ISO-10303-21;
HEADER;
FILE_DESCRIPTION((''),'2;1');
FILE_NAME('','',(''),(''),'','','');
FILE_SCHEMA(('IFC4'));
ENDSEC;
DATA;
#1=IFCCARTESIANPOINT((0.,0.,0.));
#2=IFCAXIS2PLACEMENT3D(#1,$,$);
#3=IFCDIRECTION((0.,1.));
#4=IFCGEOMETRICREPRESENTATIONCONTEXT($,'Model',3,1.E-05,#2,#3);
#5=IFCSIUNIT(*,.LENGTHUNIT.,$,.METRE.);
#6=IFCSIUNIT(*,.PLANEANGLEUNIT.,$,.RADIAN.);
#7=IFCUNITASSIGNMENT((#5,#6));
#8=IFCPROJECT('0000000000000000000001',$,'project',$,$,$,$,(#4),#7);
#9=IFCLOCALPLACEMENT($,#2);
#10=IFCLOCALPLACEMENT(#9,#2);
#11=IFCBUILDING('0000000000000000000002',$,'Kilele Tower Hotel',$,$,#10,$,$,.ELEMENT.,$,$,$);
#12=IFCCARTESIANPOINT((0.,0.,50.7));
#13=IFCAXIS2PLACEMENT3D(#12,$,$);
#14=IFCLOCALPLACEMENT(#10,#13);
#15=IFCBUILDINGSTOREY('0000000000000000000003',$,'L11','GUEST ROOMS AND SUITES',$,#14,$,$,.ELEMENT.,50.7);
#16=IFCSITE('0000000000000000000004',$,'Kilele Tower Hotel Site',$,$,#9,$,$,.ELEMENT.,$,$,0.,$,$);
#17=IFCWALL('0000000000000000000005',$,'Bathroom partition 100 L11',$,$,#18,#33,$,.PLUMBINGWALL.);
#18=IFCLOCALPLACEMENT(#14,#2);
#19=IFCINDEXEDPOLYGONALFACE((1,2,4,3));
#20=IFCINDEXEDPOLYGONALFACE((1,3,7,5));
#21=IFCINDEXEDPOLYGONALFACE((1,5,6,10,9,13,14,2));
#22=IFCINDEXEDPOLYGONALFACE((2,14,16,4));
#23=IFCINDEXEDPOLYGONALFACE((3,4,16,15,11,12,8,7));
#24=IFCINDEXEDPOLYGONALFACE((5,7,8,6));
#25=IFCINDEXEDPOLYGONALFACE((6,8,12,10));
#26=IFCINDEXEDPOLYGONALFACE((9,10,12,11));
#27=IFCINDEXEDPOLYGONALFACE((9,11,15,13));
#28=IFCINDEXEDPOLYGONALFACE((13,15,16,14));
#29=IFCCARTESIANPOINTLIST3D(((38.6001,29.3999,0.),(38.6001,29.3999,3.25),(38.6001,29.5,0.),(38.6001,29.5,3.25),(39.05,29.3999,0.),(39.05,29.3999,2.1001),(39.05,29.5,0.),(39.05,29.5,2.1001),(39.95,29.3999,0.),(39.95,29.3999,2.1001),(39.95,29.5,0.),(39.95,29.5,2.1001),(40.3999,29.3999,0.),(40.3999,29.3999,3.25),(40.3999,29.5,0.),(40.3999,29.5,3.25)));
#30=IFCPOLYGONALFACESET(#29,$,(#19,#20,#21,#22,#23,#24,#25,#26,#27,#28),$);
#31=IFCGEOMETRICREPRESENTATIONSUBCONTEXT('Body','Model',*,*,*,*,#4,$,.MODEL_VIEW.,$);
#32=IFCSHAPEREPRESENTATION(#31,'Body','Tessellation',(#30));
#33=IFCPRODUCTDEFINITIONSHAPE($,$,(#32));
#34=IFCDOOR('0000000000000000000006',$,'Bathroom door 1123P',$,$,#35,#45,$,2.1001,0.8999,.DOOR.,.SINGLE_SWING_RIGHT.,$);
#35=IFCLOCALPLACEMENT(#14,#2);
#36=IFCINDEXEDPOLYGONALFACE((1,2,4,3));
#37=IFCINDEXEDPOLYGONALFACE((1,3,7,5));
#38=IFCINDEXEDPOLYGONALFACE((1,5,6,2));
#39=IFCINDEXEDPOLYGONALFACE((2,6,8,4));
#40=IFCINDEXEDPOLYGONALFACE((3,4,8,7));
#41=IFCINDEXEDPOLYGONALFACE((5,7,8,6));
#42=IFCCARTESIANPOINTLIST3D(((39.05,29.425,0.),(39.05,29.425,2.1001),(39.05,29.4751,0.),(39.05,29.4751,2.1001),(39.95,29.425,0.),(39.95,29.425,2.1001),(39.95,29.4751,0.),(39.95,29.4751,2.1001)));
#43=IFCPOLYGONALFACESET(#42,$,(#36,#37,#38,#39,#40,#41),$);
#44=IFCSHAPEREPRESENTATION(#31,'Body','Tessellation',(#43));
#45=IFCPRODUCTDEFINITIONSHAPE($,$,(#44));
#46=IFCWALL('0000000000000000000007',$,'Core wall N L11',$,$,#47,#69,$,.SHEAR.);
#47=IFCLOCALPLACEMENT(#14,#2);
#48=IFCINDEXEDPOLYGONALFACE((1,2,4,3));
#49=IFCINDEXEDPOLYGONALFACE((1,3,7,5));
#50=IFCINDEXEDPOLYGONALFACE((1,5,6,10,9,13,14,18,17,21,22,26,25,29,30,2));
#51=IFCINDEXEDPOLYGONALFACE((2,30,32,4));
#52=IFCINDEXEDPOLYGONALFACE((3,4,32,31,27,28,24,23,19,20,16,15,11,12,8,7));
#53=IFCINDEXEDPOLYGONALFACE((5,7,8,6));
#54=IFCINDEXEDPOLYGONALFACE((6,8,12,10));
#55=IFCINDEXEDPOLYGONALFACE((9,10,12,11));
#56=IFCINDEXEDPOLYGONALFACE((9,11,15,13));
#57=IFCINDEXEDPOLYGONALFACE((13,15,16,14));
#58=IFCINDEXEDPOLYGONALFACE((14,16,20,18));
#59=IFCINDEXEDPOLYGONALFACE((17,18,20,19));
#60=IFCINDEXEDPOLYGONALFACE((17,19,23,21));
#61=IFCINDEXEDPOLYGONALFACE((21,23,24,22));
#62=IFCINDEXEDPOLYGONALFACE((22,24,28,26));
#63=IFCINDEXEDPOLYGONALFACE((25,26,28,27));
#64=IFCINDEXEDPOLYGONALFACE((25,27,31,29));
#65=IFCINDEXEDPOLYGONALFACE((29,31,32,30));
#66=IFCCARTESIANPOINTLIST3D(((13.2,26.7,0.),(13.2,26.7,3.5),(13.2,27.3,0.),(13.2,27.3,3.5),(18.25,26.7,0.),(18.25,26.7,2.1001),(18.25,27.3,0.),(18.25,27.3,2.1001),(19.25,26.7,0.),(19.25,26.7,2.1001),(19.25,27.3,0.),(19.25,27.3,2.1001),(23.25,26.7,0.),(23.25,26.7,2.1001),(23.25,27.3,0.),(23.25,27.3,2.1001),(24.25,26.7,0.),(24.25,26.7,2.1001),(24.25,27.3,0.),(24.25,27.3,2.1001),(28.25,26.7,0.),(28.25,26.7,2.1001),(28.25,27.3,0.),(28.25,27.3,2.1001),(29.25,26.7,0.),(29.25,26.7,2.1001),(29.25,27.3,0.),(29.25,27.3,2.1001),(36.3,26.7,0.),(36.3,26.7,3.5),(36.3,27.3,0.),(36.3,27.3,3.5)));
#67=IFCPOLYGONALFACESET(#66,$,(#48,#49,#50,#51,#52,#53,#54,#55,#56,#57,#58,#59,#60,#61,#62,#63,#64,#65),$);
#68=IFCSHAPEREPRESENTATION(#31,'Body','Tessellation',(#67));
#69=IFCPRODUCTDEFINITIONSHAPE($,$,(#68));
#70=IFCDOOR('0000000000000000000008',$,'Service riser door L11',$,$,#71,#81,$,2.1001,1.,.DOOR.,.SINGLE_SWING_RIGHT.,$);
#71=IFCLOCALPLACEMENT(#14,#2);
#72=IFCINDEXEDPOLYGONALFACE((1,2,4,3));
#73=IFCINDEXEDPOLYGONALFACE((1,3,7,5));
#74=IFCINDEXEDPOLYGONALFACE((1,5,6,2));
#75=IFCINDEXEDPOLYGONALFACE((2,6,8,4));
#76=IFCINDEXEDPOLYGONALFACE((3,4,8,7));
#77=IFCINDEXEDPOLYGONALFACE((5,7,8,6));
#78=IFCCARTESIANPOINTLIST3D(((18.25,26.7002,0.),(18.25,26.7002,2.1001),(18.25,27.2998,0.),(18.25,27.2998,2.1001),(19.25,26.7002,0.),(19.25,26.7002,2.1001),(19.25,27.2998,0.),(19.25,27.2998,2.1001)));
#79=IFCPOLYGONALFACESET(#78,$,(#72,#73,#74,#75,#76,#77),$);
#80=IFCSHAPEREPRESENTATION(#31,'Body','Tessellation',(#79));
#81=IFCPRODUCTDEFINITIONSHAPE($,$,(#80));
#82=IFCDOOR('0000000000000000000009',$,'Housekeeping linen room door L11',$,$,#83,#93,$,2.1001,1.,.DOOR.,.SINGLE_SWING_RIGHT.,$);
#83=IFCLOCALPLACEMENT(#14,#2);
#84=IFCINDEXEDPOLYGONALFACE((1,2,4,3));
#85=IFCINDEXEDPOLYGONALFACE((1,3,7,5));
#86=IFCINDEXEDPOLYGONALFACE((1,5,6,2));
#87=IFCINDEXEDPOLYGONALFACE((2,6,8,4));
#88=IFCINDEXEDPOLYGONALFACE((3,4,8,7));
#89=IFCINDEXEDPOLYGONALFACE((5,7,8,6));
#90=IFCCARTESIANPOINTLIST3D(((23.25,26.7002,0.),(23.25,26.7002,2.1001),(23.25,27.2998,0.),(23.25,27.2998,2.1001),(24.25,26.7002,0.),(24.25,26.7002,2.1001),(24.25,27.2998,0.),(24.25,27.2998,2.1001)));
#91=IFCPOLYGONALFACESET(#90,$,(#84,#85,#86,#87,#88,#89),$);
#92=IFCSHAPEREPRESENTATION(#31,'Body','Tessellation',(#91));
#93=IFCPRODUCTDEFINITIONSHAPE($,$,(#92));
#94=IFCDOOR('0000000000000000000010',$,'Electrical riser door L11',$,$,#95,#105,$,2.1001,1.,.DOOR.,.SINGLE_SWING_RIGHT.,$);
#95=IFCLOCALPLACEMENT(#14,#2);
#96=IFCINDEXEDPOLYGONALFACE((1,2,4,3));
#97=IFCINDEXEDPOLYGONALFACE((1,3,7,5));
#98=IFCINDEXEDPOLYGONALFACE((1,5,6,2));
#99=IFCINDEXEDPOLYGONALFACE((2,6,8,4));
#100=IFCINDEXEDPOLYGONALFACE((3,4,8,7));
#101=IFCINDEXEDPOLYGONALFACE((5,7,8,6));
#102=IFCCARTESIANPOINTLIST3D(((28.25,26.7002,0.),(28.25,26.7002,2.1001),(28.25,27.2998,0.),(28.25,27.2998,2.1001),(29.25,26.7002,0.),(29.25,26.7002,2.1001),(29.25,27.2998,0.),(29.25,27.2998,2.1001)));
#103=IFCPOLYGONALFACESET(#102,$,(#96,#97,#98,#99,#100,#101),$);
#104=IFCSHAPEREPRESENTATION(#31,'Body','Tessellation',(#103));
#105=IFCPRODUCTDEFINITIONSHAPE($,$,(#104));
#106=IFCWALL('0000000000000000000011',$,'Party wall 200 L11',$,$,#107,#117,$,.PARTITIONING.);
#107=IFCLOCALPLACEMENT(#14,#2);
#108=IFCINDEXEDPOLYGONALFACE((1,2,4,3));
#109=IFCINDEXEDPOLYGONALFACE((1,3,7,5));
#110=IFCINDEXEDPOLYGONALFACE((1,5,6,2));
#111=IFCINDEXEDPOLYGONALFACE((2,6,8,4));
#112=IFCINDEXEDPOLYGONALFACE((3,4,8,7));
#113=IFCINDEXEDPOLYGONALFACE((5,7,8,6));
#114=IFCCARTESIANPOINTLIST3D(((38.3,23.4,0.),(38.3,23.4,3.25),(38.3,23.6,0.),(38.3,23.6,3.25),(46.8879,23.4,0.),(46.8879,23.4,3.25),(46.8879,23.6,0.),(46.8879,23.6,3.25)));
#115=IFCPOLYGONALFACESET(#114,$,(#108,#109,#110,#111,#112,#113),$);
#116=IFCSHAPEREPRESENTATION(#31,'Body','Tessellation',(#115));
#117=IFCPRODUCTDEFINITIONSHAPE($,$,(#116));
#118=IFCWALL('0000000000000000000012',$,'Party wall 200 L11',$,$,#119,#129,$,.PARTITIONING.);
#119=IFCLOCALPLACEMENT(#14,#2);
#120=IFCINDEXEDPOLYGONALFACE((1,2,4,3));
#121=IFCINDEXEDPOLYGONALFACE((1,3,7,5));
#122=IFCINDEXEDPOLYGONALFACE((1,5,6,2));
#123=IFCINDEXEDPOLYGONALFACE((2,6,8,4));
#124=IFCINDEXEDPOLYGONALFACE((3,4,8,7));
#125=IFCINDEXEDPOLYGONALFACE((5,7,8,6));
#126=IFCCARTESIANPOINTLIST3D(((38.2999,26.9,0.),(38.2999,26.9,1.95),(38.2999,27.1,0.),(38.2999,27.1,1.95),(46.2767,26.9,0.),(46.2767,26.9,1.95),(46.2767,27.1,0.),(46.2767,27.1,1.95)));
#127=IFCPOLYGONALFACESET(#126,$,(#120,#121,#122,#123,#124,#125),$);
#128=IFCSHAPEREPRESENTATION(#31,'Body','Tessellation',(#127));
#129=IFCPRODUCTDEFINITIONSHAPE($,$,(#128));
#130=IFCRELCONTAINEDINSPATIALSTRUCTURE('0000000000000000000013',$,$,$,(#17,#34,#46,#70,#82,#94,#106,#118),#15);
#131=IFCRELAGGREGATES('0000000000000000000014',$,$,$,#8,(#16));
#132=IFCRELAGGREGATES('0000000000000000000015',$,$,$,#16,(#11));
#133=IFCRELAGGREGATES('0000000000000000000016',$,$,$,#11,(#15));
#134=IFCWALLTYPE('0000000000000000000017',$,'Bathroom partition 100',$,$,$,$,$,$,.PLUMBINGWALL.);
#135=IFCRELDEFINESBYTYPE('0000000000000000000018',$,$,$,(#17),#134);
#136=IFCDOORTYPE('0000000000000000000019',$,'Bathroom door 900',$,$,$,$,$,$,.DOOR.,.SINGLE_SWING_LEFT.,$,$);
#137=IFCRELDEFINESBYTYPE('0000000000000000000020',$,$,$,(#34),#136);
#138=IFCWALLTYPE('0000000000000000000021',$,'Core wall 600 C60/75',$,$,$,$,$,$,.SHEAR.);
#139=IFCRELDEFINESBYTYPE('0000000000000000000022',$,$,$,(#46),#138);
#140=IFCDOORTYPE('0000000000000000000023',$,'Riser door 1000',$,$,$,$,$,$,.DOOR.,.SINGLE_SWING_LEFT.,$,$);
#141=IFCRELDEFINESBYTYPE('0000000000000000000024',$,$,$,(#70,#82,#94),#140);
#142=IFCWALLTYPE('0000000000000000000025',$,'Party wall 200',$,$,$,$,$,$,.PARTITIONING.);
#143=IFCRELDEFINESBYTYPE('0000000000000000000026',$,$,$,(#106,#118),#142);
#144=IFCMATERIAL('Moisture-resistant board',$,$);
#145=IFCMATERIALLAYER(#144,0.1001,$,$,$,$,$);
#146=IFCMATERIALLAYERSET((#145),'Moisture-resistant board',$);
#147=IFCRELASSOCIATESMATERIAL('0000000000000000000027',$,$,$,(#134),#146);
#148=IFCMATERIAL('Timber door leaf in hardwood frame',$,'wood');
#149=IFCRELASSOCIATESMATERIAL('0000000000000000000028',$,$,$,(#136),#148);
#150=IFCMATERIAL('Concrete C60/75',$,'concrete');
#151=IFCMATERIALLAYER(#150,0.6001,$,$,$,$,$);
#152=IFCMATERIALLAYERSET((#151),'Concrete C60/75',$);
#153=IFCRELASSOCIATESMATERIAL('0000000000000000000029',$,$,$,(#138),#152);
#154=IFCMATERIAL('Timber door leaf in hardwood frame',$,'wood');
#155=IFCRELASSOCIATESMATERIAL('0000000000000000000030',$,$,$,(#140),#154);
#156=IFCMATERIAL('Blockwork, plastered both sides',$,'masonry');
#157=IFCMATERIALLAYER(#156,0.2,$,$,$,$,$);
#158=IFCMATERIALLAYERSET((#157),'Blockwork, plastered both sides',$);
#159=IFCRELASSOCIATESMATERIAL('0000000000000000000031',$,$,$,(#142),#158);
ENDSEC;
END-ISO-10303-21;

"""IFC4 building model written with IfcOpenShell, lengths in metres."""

from ifc_helpers import new_model, si_unit, direction, frame, frame_2d, origin, place, context, subcontext, project, spatial, rectangle, extrude, material, layer, layer_set, type_object, element, fill, save


model = new_model("IFC4")

# Units and contexts
model_context = context("Model", 3, precision=1e-05, world=origin(), true_north=direction((0.0, 1.0)))
body_context = subcontext(model_context, "Body", "Model", "MODEL_VIEW")
ifc_project = project(units=[si_unit("LENGTHUNIT", "METRE"), si_unit("PLANEANGLEUNIT", "RADIAN")], contexts=[model_context])

# Site, building, storey
site_placement = place(None, origin())
site = spatial("IfcSite", under=ifc_project, at=site_placement, Name="Kilele Tower Hotel Site", CompositionType="ELEMENT", RefElevation=0.0)
building_placement = place(site_placement, origin())
building = spatial("IfcBuilding", under=site, at=building_placement, Name="Kilele Tower Hotel", CompositionType="ELEMENT")
storey_placement = place(building_placement, frame((0.0, 0.0, 50.7)))
storey = spatial("IfcBuildingStorey", under=building, at=storey_placement, Name="L11", Description="GUEST ROOMS AND SUITES", CompositionType="ELEMENT", Elevation=50.7)

# Shared definitions
ifc_material_1 = material(Name="Moisture-resistant board")
ifc_layer_1 = layer(ifc_material_1, 0.1001)
ifc_layer_set_1 = layer_set([ifc_layer_1], Name="Moisture-resistant board")
wall_type_1 = type_object("IfcWallType", Name="Bathroom partition 100", PredefinedType="PLUMBINGWALL", material=ifc_layer_set_1)

# Shared definitions
ifc_material_2 = material(Name="Timber door leaf in hardwood frame", Category="wood")
door_type_1 = type_object("IfcDoorType", Name="Bathroom door 900", OperationType="SINGLE_SWING_LEFT", PredefinedType="DOOR", material=ifc_material_2)

# Wall, opening, door
wall_1_placement = place(storey_placement, frame((38.6001, 29.45, 0.0), z_axis=(0.0, 0.0, 1.0), x_axis=(1.0, 0.0, 0.0)))
wall_1 = element("IfcWall", 1, at=wall_1_placement, inside=storey, type_object=wall_type_1, Name="Bathroom partition 100 L11", PredefinedType="PLUMBINGWALL", context=body_context, shape_type="SweptSolid", body=[
    extrude(rectangle(XDim=1.7998, YDim=0.1001, at=frame_2d((0.8999, 0.0))), origin(), (0.0, 0.0, 1.0), 3.25),
])
opening_1_placement = place(wall_1_placement, frame((1.3499, 0.0, 0.0), z_axis=(0.0, 0.0, 1.0), x_axis=(-1.0, 0.0, 0.0)))
opening_1 = element("IfcOpeningElement", 2, at=opening_1_placement, cuts=wall_1, PredefinedType="OPENING", context=body_context, shape_type="SweptSolid", body=[
    extrude(rectangle(XDim=0.8999, YDim=2.1001, at=frame_2d((0.45, 1.05))), frame((0.0, 0.0601, 0.0), z_axis=(0.0, -1.0, 0.0), x_axis=(1.0, 0.0, 0.0)), (0.0, 0.0, 1.0), 0.1201),
])
door_1_placement = place(opening_1_placement, origin())
door_1 = element("IfcDoor", 3, at=door_1_placement, inside=storey, type_object=door_type_1, Name="Bathroom door 1123P", OperationType="SINGLE_SWING_RIGHT", OverallHeight=2.1001, OverallWidth=0.8999, PredefinedType="DOOR", context=body_context, shape_type="SweptSolid", body=[
    extrude(rectangle(XDim=0.8999, YDim=2.1001, at=frame_2d((0.45, 1.05))), frame((0.0, 0.0249, 0.0), z_axis=(0.0, -1.0, 0.0), x_axis=(1.0, 0.0, 0.0)), (0.0, 0.0, 1.0), 0.05),
])
fill(opening_1, door_1)

# Wall, openings, doors
ifc_material_3 = material(Name="Concrete C60/75", Category="concrete")
ifc_layer_2 = layer(ifc_material_3, 0.6001)
ifc_layer_set_2 = layer_set([ifc_layer_2], Name="Concrete C60/75")
wall_type_2 = type_object("IfcWallType", Name="Core wall 600 C60/75", PredefinedType="SHEAR", material=ifc_layer_set_2)
wall_2_placement = place(storey_placement, frame((36.3, 27.0, 0.0), z_axis=(0.0, 0.0, 1.0), x_axis=(-1.0, 0.0, 0.0)))
wall_2 = element("IfcWall", 4, at=wall_2_placement, inside=storey, type_object=wall_type_2, Name="Core wall N L11", PredefinedType="SHEAR", context=body_context, shape_type="SweptSolid", body=[
    extrude(rectangle(XDim=23.1001, YDim=0.6001, at=frame_2d((11.55, 0.0))), origin(), (0.0, 0.0, 1.0), 3.5),
])
opening_2_placement = place(wall_2_placement, frame((17.05, 0.0, 0.0)))
opening_2 = element("IfcOpeningElement", 5, at=opening_2_placement, cuts=wall_2, PredefinedType="OPENING", context=body_context, shape_type="SweptSolid", body=[
    extrude(rectangle(XDim=1.0, YDim=2.1001, at=frame_2d((0.5, 1.05))), frame((0.0, 0.3101, 0.0), z_axis=(0.0, -1.0, 0.0), x_axis=(1.0, 0.0, 0.0)), (0.0, 0.0, 1.0), 0.6201),
])
opening_3_placement = place(wall_2_placement, frame((12.05, 0.0, 0.0)))
opening_3 = element("IfcOpeningElement", 6, at=opening_3_placement, cuts=wall_2, PredefinedType="OPENING", context=body_context, shape_type="SweptSolid", body=[
    extrude(rectangle(XDim=1.0, YDim=2.1001, at=frame_2d((0.5, 1.05))), frame((0.0, 0.3101, 0.0), z_axis=(0.0, -1.0, 0.0), x_axis=(1.0, 0.0, 0.0)), (0.0, 0.0, 1.0), 0.6201),
])
opening_4_placement = place(wall_2_placement, frame((7.05, 0.0, 0.0)))
opening_4 = element("IfcOpeningElement", 7, at=opening_4_placement, cuts=wall_2, PredefinedType="OPENING", context=body_context, shape_type="SweptSolid", body=[
    extrude(rectangle(XDim=1.0, YDim=2.1001, at=frame_2d((0.5, 1.05))), frame((0.0, 0.3101, 0.0), z_axis=(0.0, -1.0, 0.0), x_axis=(1.0, 0.0, 0.0)), (0.0, 0.0, 1.0), 0.6201),
])
ifc_material_4 = material(Name="Timber door leaf in hardwood frame", Category="wood")
door_type_2 = type_object("IfcDoorType", Name="Riser door 1000", OperationType="SINGLE_SWING_LEFT", PredefinedType="DOOR", material=ifc_material_4)
door_2_placement = place(opening_2_placement, origin())
door_2 = element("IfcDoor", 8, at=door_2_placement, inside=storey, type_object=door_type_2, Name="Service riser door L11", OperationType="SINGLE_SWING_RIGHT", OverallHeight=2.1001, OverallWidth=1.0, PredefinedType="DOOR", context=body_context, shape_type="SweptSolid", body=[
    extrude(rectangle(XDim=1.0, YDim=2.1001, at=frame_2d((0.5, 1.05))), frame((0.0, 0.2998, 0.0), z_axis=(0.0, -1.0, 0.0), x_axis=(1.0, 0.0, 0.0)), (0.0, 0.0, 1.0), 0.5996),
])
fill(opening_2, door_2)
door_3_placement = place(opening_3_placement, origin())
door_3 = element("IfcDoor", 9, at=door_3_placement, inside=storey, type_object=door_type_2, Name="Housekeeping linen room door L11", OperationType="SINGLE_SWING_RIGHT", OverallHeight=2.1001, OverallWidth=1.0, PredefinedType="DOOR", context=body_context, shape_type="SweptSolid", body=[
    extrude(rectangle(XDim=1.0, YDim=2.1001, at=frame_2d((0.5, 1.05))), frame((0.0, 0.2998, 0.0), z_axis=(0.0, -1.0, 0.0), x_axis=(1.0, 0.0, 0.0)), (0.0, 0.0, 1.0), 0.5996),
])
fill(opening_3, door_3)
door_4_placement = place(opening_4_placement, origin())
door_4 = element("IfcDoor", 10, at=door_4_placement, inside=storey, type_object=door_type_2, Name="Electrical riser door L11", OperationType="SINGLE_SWING_RIGHT", OverallHeight=2.1001, OverallWidth=1.0, PredefinedType="DOOR", context=body_context, shape_type="SweptSolid", body=[
    extrude(rectangle(XDim=1.0, YDim=2.1001, at=frame_2d((0.5, 1.05))), frame((0.0, 0.2998, 0.0), z_axis=(0.0, -1.0, 0.0), x_axis=(1.0, 0.0, 0.0)), (0.0, 0.0, 1.0), 0.5996),
])
fill(opening_4, door_4)

# Walls
ifc_material_5 = material(Name="Blockwork, plastered both sides", Category="masonry")
ifc_layer_3 = layer(ifc_material_5, 0.2)
ifc_layer_set_3 = layer_set([ifc_layer_3], Name="Blockwork, plastered both sides")
wall_type_3 = type_object("IfcWallType", Name="Party wall 200", PredefinedType="PARTITIONING", material=ifc_layer_set_3)
wall_3_placement = place(storey_placement, frame((38.3, 23.5, 0.0), z_axis=(0.0, 0.0, 1.0), x_axis=(1.0, 0.0, 0.0)))
element("IfcWall", 11, at=wall_3_placement, inside=storey, type_object=wall_type_3, Name="Party wall 200 L11", PredefinedType="PARTITIONING", context=body_context, shape_type="SweptSolid", body=[
    extrude(rectangle(XDim=8.5879, YDim=0.2, at=frame_2d((4.2939, 0.0))), origin(), (0.0, 0.0, 1.0), 3.25),
])
wall_4_placement = place(storey_placement, frame((38.3, 27.0, 0.0), z_axis=(0.0, 0.0, 1.0), x_axis=(1.0, 0.0, 0.0)))
element("IfcWall", 12, at=wall_4_placement, inside=storey, type_object=wall_type_3, Name="Party wall 200 L11", PredefinedType="PARTITIONING", context=body_context, shape_type="SweptSolid", body=[
    extrude(rectangle(XDim=7.9768, YDim=0.2, at=frame_2d((3.9883, 0.0))), origin(), (0.0, 0.0, 1.0), 1.95),
])

save(model, "model.ifc")
